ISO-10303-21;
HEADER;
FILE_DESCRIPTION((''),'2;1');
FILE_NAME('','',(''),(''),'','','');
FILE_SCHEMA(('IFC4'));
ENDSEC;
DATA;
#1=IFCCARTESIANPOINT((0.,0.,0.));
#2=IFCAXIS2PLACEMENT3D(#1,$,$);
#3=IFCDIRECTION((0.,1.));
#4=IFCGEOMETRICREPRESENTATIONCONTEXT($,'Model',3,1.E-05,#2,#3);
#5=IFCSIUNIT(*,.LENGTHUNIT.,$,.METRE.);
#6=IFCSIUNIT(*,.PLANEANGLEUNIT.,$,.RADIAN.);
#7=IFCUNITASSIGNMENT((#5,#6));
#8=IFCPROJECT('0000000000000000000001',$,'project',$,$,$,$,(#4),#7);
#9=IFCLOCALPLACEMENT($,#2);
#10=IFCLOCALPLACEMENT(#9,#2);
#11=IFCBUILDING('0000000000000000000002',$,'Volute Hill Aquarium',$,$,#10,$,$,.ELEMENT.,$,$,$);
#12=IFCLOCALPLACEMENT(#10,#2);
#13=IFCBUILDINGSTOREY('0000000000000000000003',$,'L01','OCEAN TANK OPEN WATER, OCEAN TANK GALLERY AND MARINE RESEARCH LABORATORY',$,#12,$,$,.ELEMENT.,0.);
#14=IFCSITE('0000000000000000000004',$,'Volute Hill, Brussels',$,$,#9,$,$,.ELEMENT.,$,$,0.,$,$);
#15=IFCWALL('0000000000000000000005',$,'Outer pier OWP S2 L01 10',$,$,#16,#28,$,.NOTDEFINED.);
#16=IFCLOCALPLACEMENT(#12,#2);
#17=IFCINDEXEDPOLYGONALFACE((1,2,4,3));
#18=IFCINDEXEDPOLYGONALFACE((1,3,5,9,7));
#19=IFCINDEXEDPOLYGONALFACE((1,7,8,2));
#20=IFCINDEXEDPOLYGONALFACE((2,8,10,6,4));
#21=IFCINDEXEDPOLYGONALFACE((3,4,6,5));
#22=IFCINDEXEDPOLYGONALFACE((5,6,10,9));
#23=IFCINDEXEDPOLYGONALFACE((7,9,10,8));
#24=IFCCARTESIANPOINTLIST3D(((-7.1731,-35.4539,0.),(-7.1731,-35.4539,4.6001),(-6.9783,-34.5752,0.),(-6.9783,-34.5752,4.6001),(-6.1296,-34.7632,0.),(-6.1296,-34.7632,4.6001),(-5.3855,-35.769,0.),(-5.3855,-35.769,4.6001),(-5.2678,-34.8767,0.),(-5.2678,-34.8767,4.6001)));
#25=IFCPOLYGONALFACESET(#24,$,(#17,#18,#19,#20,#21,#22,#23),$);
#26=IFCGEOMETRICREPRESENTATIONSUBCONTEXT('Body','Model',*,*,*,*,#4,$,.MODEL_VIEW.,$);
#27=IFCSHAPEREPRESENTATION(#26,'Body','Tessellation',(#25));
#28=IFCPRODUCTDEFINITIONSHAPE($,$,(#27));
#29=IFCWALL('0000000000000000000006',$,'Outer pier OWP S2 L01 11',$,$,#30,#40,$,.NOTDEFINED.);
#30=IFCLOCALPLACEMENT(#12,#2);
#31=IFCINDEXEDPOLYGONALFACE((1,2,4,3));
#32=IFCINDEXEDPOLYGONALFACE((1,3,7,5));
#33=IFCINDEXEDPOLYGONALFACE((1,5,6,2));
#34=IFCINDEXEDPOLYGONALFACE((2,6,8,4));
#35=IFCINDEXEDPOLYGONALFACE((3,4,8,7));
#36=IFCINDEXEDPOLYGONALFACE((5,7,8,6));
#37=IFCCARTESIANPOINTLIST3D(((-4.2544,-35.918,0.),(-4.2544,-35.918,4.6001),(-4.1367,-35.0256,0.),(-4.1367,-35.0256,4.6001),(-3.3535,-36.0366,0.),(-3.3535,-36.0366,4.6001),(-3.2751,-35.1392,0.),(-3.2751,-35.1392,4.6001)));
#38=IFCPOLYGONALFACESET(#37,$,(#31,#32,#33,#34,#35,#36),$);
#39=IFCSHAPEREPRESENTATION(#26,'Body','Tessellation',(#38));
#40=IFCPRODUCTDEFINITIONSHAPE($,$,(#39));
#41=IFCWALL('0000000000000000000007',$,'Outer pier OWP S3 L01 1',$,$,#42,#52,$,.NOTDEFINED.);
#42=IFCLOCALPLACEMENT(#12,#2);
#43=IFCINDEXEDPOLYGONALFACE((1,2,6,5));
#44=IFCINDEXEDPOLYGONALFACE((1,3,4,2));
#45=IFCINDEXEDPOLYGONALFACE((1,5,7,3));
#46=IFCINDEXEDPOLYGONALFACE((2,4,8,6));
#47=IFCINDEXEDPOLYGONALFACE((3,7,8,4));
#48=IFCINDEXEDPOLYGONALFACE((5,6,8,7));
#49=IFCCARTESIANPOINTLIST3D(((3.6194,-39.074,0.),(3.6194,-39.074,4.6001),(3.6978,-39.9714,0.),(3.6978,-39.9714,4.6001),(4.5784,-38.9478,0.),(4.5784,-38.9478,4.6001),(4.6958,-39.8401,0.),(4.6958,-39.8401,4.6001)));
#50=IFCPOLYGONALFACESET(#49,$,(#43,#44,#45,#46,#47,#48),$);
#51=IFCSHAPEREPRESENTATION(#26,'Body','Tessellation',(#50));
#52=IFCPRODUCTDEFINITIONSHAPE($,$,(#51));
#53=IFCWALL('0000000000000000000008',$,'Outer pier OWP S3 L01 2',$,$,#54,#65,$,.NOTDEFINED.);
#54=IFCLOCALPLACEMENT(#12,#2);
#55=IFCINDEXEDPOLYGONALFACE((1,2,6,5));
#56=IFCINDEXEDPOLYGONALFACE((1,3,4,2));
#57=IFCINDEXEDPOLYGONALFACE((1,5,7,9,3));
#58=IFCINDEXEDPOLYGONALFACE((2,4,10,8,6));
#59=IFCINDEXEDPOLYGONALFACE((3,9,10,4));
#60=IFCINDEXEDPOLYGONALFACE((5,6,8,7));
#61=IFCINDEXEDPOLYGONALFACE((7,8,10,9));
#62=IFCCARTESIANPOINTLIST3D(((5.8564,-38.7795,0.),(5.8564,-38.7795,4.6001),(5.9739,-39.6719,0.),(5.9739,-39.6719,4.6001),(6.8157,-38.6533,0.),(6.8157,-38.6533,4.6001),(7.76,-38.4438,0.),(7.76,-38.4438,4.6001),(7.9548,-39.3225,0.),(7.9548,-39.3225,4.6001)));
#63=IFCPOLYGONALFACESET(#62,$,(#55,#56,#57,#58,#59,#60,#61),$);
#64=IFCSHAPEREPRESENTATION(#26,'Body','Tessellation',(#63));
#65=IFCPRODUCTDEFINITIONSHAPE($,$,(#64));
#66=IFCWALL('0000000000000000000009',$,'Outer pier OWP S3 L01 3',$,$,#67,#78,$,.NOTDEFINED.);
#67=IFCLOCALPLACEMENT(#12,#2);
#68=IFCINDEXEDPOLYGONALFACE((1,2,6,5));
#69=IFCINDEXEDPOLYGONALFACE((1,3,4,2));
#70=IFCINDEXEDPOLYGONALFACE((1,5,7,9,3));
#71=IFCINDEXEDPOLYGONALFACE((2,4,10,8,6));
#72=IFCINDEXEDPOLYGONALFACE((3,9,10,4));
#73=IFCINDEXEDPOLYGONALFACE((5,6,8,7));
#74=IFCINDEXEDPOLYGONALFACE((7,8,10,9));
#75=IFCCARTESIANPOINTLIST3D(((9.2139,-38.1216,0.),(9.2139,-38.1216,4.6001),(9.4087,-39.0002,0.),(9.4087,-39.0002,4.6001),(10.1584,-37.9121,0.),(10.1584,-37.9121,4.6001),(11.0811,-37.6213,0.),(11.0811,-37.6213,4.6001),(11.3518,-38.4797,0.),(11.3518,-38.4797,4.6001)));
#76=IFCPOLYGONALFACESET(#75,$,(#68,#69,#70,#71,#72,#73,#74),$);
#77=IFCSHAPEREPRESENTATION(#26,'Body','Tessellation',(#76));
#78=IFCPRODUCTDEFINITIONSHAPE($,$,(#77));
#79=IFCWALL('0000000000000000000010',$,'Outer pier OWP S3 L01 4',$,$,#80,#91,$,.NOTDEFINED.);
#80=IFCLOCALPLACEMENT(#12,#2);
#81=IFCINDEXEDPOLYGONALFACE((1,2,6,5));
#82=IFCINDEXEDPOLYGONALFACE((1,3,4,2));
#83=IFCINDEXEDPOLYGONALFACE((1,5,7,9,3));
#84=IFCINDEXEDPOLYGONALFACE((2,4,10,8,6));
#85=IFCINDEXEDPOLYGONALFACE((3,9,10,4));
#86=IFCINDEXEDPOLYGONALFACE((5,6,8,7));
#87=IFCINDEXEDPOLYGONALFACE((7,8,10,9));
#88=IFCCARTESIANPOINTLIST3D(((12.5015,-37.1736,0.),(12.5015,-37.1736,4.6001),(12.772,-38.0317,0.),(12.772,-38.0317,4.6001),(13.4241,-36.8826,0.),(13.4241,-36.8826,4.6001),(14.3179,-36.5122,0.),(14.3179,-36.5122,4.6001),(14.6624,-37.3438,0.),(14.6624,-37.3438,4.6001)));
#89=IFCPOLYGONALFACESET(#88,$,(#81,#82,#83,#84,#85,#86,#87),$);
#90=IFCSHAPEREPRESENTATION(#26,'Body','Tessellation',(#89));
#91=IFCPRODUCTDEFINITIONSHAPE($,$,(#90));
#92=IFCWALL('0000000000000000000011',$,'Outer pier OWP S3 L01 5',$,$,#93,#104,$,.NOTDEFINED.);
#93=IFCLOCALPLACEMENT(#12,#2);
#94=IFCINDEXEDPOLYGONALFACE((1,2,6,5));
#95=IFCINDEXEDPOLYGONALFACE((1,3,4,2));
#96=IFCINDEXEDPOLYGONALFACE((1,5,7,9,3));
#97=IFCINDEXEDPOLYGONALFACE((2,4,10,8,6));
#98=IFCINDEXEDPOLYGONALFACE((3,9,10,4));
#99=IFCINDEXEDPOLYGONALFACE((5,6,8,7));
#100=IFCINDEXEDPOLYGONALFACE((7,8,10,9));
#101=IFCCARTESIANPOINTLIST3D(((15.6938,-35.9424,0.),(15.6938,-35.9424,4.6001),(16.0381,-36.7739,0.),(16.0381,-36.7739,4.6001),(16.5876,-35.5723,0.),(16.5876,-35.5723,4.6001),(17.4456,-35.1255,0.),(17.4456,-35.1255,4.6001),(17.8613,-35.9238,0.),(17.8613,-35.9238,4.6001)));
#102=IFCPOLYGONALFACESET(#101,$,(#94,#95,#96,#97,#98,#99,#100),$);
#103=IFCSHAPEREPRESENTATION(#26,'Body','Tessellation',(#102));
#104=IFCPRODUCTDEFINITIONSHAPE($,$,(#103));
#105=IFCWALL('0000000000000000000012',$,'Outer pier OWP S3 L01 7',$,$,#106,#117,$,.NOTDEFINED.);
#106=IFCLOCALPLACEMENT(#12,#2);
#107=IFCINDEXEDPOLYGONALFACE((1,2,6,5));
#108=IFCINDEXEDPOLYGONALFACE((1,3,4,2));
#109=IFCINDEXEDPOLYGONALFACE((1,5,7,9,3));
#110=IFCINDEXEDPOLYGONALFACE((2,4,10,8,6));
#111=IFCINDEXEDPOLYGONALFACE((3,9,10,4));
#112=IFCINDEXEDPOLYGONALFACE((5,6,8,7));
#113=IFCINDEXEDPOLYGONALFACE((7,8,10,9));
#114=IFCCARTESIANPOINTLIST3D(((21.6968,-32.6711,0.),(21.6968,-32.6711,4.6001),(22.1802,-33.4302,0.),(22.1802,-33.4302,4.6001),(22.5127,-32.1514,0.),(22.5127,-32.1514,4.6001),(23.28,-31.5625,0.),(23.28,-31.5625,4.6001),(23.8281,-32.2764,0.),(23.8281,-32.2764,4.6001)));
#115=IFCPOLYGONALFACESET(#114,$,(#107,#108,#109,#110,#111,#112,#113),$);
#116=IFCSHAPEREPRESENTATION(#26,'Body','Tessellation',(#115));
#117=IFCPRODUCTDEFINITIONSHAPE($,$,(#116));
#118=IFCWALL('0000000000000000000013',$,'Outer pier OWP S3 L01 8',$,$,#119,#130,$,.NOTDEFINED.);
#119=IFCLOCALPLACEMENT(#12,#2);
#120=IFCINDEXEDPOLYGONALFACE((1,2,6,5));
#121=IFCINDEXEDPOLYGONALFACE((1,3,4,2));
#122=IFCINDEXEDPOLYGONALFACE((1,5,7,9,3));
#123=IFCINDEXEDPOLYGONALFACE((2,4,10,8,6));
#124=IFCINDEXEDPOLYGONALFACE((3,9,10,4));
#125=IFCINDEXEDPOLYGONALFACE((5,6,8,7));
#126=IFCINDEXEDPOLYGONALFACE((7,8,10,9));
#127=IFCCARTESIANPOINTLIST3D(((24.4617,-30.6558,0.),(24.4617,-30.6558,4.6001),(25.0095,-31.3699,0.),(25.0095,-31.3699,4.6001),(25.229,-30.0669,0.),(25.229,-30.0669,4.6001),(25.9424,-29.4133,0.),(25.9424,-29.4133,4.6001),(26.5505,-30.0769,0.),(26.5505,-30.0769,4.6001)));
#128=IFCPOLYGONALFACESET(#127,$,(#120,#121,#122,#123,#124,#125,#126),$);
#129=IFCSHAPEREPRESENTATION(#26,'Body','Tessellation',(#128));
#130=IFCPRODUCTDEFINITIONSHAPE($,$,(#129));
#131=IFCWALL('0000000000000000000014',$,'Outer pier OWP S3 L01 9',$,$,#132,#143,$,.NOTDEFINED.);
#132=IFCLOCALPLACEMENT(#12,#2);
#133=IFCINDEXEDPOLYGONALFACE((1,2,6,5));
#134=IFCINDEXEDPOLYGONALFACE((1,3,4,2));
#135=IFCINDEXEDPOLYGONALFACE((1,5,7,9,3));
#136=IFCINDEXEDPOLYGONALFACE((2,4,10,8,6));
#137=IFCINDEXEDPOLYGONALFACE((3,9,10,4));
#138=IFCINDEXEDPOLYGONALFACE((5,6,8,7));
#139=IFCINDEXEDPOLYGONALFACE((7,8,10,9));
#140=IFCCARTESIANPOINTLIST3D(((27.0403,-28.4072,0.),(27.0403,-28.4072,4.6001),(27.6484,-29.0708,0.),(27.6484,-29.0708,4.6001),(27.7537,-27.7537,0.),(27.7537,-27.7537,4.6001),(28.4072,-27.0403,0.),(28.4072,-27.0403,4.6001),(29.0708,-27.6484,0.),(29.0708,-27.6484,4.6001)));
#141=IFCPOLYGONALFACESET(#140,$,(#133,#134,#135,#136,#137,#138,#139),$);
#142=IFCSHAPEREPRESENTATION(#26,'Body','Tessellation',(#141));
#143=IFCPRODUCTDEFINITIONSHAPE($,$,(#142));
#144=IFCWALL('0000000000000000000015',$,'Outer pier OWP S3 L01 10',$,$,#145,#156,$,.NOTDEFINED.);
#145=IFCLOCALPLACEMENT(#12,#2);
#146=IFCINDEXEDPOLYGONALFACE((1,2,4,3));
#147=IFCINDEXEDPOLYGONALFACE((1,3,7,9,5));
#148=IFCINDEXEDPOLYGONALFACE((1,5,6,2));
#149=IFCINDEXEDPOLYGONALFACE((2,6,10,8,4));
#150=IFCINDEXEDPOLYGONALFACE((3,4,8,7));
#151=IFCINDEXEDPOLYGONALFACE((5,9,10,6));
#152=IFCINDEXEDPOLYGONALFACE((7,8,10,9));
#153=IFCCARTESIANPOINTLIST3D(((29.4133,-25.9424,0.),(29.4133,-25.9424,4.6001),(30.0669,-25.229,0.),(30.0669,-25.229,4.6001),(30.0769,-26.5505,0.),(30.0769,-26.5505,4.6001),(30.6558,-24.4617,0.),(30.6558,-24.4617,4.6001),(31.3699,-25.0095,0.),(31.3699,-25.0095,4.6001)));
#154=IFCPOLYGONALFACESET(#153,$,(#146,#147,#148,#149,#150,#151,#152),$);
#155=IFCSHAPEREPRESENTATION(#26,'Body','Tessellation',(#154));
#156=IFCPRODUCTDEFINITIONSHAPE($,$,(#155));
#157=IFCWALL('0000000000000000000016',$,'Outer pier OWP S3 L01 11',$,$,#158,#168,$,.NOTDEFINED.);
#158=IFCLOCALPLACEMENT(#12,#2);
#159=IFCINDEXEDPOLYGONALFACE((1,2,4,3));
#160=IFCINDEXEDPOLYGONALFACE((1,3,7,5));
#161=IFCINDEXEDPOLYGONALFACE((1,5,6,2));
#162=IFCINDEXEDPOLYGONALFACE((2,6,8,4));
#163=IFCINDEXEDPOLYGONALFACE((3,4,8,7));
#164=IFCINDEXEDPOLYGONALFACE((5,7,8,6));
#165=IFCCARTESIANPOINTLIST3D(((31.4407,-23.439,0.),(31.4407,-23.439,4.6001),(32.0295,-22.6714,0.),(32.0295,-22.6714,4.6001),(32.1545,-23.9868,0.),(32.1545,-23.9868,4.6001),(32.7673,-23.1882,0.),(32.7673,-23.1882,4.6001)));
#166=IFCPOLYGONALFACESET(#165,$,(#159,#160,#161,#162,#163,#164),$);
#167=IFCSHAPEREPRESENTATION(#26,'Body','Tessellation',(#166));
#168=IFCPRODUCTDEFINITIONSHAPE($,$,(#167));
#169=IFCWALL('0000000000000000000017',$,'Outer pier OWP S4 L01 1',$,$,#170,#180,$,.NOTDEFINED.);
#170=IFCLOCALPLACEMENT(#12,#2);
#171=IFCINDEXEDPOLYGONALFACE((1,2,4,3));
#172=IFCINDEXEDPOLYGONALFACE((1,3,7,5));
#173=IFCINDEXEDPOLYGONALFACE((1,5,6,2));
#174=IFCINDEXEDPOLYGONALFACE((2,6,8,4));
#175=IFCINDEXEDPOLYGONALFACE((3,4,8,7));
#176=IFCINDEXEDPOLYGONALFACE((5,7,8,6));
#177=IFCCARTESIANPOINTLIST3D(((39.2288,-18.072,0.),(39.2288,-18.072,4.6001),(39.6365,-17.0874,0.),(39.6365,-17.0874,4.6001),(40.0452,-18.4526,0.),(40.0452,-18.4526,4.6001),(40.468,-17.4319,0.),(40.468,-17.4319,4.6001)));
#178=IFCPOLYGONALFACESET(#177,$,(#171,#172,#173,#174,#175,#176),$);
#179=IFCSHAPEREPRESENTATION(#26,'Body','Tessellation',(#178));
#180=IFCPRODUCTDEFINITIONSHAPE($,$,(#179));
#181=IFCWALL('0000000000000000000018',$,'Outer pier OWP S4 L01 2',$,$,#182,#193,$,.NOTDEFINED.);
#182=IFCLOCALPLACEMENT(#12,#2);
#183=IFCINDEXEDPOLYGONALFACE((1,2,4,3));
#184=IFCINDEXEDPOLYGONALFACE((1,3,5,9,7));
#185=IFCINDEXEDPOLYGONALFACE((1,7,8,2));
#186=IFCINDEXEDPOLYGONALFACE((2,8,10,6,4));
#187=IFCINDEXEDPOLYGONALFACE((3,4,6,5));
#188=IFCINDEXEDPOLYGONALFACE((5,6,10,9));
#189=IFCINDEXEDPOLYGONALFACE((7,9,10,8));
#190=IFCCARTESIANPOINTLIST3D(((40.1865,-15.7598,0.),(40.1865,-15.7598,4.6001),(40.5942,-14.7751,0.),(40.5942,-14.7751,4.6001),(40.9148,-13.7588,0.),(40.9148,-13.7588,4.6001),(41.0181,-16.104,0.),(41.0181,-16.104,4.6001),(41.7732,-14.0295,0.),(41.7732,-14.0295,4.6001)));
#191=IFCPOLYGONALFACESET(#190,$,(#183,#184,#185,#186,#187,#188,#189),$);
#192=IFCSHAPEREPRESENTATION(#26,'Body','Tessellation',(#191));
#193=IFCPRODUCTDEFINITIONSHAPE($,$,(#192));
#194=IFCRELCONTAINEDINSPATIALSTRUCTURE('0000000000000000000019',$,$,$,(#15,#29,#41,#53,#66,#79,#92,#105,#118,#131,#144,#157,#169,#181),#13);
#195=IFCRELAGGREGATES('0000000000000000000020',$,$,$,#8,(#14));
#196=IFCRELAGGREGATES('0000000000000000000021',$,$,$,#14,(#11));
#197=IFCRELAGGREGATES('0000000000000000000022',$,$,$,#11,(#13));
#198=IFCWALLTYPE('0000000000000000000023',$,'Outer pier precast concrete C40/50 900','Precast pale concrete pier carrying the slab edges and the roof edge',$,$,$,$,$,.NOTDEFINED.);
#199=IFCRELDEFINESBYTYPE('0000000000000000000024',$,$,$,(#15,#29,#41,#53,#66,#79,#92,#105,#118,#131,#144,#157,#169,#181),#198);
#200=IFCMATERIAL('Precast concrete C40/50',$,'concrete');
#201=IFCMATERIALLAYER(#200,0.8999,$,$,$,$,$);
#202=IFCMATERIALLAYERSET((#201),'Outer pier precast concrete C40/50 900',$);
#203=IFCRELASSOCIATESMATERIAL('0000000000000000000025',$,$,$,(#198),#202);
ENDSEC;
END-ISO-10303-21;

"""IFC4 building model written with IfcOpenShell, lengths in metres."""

from ifc_helpers import new_model, si_unit, direction, origin, place, context, subcontext, project, spatial, polyline, outline, extrude, material, layer, layer_set, type_object, element, save


model = new_model("IFC4")

# Units and contexts
model_context = context("Model", 3, precision=1e-05, world=origin(), true_north=direction((0.0, 1.0)))
body_context = subcontext(model_context, "Body", "Model", "MODEL_VIEW")
ifc_project = project(units=[si_unit("LENGTHUNIT", "METRE"), si_unit("PLANEANGLEUNIT", "RADIAN")], contexts=[model_context])

# Site, building, storey
site_placement = place(None, origin())
site = spatial("IfcSite", under=ifc_project, at=site_placement, Name="Volute Hill, Brussels", CompositionType="ELEMENT", RefElevation=0.0)
building_placement = place(site_placement, origin())
building = spatial("IfcBuilding", under=site, at=building_placement, Name="Volute Hill Aquarium", CompositionType="ELEMENT")
storey_placement = place(building_placement, origin())
storey = spatial("IfcBuildingStorey", under=building, at=storey_placement, Name="L01", Description="OCEAN TANK OPEN WATER, OCEAN TANK GALLERY AND MARINE RESEARCH LABORATORY", CompositionType="ELEMENT", Elevation=0.0)

# Walls
ifc_material_1 = material(Name="Precast concrete C40/50", Category="concrete")
ifc_layer_1 = layer(ifc_material_1, 0.8999)
ifc_layer_set_1 = layer_set([ifc_layer_1], Name="Outer pier precast concrete C40/50 900")
wall_type_1 = type_object("IfcWallType", Name="Outer pier precast concrete C40/50 900", Description="Precast pale concrete pier carrying the slab edges and the roof edge", PredefinedType="NOTDEFINED", material=ifc_layer_set_1)
wall_1_placement = place(storey_placement, origin())
element("IfcWall", 1, at=wall_1_placement, inside=storey, type_object=wall_type_1, Name="Outer pier OWP S2 L01 10", PredefinedType="NOTDEFINED", context=body_context, shape_type="SweptSolid", body=[
    extrude(outline(polyline([(-6.9783, -34.5752), (-7.1731, -35.4539), (-5.3855, -35.769), (-5.2678, -34.8767), (-6.1296, -34.7632), (-6.9783, -34.5752)])), origin(), (0.0, 0.0, 1.0), 4.6001),
])
wall_2_placement = place(storey_placement, origin())
element("IfcWall", 2, at=wall_2_placement, inside=storey, type_object=wall_type_1, Name="Outer pier OWP S2 L01 11", PredefinedType="NOTDEFINED", context=body_context, shape_type="SweptSolid", body=[
    extrude(outline(polyline([(-4.1367, -35.0256), (-4.2544, -35.918), (-3.3535, -36.0366), (-3.2751, -35.1392), (-4.1367, -35.0256)])), origin(), (0.0, 0.0, 1.0), 4.6001),
])
wall_3_placement = place(storey_placement, origin())
element("IfcWall", 3, at=wall_3_placement, inside=storey, type_object=wall_type_1, Name="Outer pier OWP S3 L01 1", PredefinedType="NOTDEFINED", context=body_context, shape_type="SweptSolid", body=[
    extrude(outline(polyline([(3.6194, -39.074), (3.6978, -39.9714), (4.6958, -39.8401), (4.5784, -38.9478), (3.6194, -39.074)])), origin(), (0.0, 0.0, 1.0), 4.6001),
])
wall_4_placement = place(storey_placement, origin())
element("IfcWall", 4, at=wall_4_placement, inside=storey, type_object=wall_type_1, Name="Outer pier OWP S3 L01 2", PredefinedType="NOTDEFINED", context=body_context, shape_type="SweptSolid", body=[
    extrude(outline(polyline([(5.8564, -38.7795), (5.9739, -39.6719), (7.9548, -39.3225), (7.76, -38.4438), (6.8157, -38.6533), (5.8564, -38.7795)])), origin(), (0.0, 0.0, 1.0), 4.6001),
])
wall_5_placement = place(storey_placement, origin())
element("IfcWall", 5, at=wall_5_placement, inside=storey, type_object=wall_type_1, Name="Outer pier OWP S3 L01 3", PredefinedType="NOTDEFINED", context=body_context, shape_type="SweptSolid", body=[
    extrude(outline(polyline([(9.2139, -38.1216), (9.4087, -39.0002), (11.3518, -38.4797), (11.0811, -37.6213), (10.1584, -37.9121), (9.2139, -38.1216)])), origin(), (0.0, 0.0, 1.0), 4.6001),
])
wall_6_placement = place(storey_placement, origin())
element("IfcWall", 6, at=wall_6_placement, inside=storey, type_object=wall_type_1, Name="Outer pier OWP S3 L01 4", PredefinedType="NOTDEFINED", context=body_context, shape_type="SweptSolid", body=[
    extrude(outline(polyline([(12.5015, -37.1736), (12.772, -38.0317), (14.6624, -37.3438), (14.3179, -36.5122), (13.4241, -36.8826), (12.5015, -37.1736)])), origin(), (0.0, 0.0, 1.0), 4.6001),
])
wall_7_placement = place(storey_placement, origin())
element("IfcWall", 7, at=wall_7_placement, inside=storey, type_object=wall_type_1, Name="Outer pier OWP S3 L01 5", PredefinedType="NOTDEFINED", context=body_context, shape_type="SweptSolid", body=[
    extrude(outline(polyline([(15.6938, -35.9424), (16.0381, -36.7739), (17.8613, -35.9238), (17.4456, -35.1255), (16.5876, -35.5723), (15.6938, -35.9424)])), origin(), (0.0, 0.0, 1.0), 4.6001),
])
wall_8_placement = place(storey_placement, origin())
element("IfcWall", 8, at=wall_8_placement, inside=storey, type_object=wall_type_1, Name="Outer pier OWP S3 L01 7", PredefinedType="NOTDEFINED", context=body_context, shape_type="SweptSolid", body=[
    extrude(outline(polyline([(21.6968, -32.6711), (22.1802, -33.4302), (23.8281, -32.2764), (23.28, -31.5625), (22.5127, -32.1514), (21.6968, -32.6711)])), origin(), (0.0, 0.0, 1.0), 4.6001),
])
wall_9_placement = place(storey_placement, origin())
element("IfcWall", 9, at=wall_9_placement, inside=storey, type_object=wall_type_1, Name="Outer pier OWP S3 L01 8", PredefinedType="NOTDEFINED", context=body_context, shape_type="SweptSolid", body=[
    extrude(outline(polyline([(24.4617, -30.6558), (25.0095, -31.3699), (26.5505, -30.0769), (25.9424, -29.4133), (25.229, -30.0669), (24.4617, -30.6558)])), origin(), (0.0, 0.0, 1.0), 4.6001),
])
wall_10_placement = place(storey_placement, origin())
element("IfcWall", 10, at=wall_10_placement, inside=storey, type_object=wall_type_1, Name="Outer pier OWP S3 L01 9", PredefinedType="NOTDEFINED", context=body_context, shape_type="SweptSolid", body=[
    extrude(outline(polyline([(27.0403, -28.4072), (27.6484, -29.0708), (29.0708, -27.6484), (28.4072, -27.0403), (27.7537, -27.7537), (27.0403, -28.4072)])), origin(), (0.0, 0.0, 1.0), 4.6001),
])
wall_11_placement = place(storey_placement, origin())
element("IfcWall", 11, at=wall_11_placement, inside=storey, type_object=wall_type_1, Name="Outer pier OWP S3 L01 10", PredefinedType="NOTDEFINED", context=body_context, shape_type="SweptSolid", body=[
    extrude(outline(polyline([(29.4133, -25.9424), (30.0769, -26.5505), (31.3699, -25.0095), (30.6558, -24.4617), (30.0669, -25.229), (29.4133, -25.9424)])), origin(), (0.0, 0.0, 1.0), 4.6001),
])
wall_12_placement = place(storey_placement, origin())
element("IfcWall", 12, at=wall_12_placement, inside=storey, type_object=wall_type_1, Name="Outer pier OWP S3 L01 11", PredefinedType="NOTDEFINED", context=body_context, shape_type="SweptSolid", body=[
    extrude(outline(polyline([(31.4407, -23.439), (32.1545, -23.9868), (32.7673, -23.1882), (32.0295, -22.6714), (31.4407, -23.439)])), origin(), (0.0, 0.0, 1.0), 4.6001),
])
wall_13_placement = place(storey_placement, origin())
element("IfcWall", 13, at=wall_13_placement, inside=storey, type_object=wall_type_1, Name="Outer pier OWP S4 L01 1", PredefinedType="NOTDEFINED", context=body_context, shape_type="SweptSolid", body=[
    extrude(outline(polyline([(39.2288, -18.072), (40.0452, -18.4526), (40.468, -17.4319), (39.6365, -17.0874), (39.2288, -18.072)])), origin(), (0.0, 0.0, 1.0), 4.6001),
])
wall_14_placement = place(storey_placement, origin())
element("IfcWall", 14, at=wall_14_placement, inside=storey, type_object=wall_type_1, Name="Outer pier OWP S4 L01 2", PredefinedType="NOTDEFINED", context=body_context, shape_type="SweptSolid", body=[
    extrude(outline(polyline([(40.1865, -15.7598), (41.0181, -16.104), (41.7732, -14.0295), (40.9148, -13.7588), (40.5942, -14.7751), (40.1865, -15.7598)])), origin(), (0.0, 0.0, 1.0), 4.6001),
])

save(model, "model.ifc")
